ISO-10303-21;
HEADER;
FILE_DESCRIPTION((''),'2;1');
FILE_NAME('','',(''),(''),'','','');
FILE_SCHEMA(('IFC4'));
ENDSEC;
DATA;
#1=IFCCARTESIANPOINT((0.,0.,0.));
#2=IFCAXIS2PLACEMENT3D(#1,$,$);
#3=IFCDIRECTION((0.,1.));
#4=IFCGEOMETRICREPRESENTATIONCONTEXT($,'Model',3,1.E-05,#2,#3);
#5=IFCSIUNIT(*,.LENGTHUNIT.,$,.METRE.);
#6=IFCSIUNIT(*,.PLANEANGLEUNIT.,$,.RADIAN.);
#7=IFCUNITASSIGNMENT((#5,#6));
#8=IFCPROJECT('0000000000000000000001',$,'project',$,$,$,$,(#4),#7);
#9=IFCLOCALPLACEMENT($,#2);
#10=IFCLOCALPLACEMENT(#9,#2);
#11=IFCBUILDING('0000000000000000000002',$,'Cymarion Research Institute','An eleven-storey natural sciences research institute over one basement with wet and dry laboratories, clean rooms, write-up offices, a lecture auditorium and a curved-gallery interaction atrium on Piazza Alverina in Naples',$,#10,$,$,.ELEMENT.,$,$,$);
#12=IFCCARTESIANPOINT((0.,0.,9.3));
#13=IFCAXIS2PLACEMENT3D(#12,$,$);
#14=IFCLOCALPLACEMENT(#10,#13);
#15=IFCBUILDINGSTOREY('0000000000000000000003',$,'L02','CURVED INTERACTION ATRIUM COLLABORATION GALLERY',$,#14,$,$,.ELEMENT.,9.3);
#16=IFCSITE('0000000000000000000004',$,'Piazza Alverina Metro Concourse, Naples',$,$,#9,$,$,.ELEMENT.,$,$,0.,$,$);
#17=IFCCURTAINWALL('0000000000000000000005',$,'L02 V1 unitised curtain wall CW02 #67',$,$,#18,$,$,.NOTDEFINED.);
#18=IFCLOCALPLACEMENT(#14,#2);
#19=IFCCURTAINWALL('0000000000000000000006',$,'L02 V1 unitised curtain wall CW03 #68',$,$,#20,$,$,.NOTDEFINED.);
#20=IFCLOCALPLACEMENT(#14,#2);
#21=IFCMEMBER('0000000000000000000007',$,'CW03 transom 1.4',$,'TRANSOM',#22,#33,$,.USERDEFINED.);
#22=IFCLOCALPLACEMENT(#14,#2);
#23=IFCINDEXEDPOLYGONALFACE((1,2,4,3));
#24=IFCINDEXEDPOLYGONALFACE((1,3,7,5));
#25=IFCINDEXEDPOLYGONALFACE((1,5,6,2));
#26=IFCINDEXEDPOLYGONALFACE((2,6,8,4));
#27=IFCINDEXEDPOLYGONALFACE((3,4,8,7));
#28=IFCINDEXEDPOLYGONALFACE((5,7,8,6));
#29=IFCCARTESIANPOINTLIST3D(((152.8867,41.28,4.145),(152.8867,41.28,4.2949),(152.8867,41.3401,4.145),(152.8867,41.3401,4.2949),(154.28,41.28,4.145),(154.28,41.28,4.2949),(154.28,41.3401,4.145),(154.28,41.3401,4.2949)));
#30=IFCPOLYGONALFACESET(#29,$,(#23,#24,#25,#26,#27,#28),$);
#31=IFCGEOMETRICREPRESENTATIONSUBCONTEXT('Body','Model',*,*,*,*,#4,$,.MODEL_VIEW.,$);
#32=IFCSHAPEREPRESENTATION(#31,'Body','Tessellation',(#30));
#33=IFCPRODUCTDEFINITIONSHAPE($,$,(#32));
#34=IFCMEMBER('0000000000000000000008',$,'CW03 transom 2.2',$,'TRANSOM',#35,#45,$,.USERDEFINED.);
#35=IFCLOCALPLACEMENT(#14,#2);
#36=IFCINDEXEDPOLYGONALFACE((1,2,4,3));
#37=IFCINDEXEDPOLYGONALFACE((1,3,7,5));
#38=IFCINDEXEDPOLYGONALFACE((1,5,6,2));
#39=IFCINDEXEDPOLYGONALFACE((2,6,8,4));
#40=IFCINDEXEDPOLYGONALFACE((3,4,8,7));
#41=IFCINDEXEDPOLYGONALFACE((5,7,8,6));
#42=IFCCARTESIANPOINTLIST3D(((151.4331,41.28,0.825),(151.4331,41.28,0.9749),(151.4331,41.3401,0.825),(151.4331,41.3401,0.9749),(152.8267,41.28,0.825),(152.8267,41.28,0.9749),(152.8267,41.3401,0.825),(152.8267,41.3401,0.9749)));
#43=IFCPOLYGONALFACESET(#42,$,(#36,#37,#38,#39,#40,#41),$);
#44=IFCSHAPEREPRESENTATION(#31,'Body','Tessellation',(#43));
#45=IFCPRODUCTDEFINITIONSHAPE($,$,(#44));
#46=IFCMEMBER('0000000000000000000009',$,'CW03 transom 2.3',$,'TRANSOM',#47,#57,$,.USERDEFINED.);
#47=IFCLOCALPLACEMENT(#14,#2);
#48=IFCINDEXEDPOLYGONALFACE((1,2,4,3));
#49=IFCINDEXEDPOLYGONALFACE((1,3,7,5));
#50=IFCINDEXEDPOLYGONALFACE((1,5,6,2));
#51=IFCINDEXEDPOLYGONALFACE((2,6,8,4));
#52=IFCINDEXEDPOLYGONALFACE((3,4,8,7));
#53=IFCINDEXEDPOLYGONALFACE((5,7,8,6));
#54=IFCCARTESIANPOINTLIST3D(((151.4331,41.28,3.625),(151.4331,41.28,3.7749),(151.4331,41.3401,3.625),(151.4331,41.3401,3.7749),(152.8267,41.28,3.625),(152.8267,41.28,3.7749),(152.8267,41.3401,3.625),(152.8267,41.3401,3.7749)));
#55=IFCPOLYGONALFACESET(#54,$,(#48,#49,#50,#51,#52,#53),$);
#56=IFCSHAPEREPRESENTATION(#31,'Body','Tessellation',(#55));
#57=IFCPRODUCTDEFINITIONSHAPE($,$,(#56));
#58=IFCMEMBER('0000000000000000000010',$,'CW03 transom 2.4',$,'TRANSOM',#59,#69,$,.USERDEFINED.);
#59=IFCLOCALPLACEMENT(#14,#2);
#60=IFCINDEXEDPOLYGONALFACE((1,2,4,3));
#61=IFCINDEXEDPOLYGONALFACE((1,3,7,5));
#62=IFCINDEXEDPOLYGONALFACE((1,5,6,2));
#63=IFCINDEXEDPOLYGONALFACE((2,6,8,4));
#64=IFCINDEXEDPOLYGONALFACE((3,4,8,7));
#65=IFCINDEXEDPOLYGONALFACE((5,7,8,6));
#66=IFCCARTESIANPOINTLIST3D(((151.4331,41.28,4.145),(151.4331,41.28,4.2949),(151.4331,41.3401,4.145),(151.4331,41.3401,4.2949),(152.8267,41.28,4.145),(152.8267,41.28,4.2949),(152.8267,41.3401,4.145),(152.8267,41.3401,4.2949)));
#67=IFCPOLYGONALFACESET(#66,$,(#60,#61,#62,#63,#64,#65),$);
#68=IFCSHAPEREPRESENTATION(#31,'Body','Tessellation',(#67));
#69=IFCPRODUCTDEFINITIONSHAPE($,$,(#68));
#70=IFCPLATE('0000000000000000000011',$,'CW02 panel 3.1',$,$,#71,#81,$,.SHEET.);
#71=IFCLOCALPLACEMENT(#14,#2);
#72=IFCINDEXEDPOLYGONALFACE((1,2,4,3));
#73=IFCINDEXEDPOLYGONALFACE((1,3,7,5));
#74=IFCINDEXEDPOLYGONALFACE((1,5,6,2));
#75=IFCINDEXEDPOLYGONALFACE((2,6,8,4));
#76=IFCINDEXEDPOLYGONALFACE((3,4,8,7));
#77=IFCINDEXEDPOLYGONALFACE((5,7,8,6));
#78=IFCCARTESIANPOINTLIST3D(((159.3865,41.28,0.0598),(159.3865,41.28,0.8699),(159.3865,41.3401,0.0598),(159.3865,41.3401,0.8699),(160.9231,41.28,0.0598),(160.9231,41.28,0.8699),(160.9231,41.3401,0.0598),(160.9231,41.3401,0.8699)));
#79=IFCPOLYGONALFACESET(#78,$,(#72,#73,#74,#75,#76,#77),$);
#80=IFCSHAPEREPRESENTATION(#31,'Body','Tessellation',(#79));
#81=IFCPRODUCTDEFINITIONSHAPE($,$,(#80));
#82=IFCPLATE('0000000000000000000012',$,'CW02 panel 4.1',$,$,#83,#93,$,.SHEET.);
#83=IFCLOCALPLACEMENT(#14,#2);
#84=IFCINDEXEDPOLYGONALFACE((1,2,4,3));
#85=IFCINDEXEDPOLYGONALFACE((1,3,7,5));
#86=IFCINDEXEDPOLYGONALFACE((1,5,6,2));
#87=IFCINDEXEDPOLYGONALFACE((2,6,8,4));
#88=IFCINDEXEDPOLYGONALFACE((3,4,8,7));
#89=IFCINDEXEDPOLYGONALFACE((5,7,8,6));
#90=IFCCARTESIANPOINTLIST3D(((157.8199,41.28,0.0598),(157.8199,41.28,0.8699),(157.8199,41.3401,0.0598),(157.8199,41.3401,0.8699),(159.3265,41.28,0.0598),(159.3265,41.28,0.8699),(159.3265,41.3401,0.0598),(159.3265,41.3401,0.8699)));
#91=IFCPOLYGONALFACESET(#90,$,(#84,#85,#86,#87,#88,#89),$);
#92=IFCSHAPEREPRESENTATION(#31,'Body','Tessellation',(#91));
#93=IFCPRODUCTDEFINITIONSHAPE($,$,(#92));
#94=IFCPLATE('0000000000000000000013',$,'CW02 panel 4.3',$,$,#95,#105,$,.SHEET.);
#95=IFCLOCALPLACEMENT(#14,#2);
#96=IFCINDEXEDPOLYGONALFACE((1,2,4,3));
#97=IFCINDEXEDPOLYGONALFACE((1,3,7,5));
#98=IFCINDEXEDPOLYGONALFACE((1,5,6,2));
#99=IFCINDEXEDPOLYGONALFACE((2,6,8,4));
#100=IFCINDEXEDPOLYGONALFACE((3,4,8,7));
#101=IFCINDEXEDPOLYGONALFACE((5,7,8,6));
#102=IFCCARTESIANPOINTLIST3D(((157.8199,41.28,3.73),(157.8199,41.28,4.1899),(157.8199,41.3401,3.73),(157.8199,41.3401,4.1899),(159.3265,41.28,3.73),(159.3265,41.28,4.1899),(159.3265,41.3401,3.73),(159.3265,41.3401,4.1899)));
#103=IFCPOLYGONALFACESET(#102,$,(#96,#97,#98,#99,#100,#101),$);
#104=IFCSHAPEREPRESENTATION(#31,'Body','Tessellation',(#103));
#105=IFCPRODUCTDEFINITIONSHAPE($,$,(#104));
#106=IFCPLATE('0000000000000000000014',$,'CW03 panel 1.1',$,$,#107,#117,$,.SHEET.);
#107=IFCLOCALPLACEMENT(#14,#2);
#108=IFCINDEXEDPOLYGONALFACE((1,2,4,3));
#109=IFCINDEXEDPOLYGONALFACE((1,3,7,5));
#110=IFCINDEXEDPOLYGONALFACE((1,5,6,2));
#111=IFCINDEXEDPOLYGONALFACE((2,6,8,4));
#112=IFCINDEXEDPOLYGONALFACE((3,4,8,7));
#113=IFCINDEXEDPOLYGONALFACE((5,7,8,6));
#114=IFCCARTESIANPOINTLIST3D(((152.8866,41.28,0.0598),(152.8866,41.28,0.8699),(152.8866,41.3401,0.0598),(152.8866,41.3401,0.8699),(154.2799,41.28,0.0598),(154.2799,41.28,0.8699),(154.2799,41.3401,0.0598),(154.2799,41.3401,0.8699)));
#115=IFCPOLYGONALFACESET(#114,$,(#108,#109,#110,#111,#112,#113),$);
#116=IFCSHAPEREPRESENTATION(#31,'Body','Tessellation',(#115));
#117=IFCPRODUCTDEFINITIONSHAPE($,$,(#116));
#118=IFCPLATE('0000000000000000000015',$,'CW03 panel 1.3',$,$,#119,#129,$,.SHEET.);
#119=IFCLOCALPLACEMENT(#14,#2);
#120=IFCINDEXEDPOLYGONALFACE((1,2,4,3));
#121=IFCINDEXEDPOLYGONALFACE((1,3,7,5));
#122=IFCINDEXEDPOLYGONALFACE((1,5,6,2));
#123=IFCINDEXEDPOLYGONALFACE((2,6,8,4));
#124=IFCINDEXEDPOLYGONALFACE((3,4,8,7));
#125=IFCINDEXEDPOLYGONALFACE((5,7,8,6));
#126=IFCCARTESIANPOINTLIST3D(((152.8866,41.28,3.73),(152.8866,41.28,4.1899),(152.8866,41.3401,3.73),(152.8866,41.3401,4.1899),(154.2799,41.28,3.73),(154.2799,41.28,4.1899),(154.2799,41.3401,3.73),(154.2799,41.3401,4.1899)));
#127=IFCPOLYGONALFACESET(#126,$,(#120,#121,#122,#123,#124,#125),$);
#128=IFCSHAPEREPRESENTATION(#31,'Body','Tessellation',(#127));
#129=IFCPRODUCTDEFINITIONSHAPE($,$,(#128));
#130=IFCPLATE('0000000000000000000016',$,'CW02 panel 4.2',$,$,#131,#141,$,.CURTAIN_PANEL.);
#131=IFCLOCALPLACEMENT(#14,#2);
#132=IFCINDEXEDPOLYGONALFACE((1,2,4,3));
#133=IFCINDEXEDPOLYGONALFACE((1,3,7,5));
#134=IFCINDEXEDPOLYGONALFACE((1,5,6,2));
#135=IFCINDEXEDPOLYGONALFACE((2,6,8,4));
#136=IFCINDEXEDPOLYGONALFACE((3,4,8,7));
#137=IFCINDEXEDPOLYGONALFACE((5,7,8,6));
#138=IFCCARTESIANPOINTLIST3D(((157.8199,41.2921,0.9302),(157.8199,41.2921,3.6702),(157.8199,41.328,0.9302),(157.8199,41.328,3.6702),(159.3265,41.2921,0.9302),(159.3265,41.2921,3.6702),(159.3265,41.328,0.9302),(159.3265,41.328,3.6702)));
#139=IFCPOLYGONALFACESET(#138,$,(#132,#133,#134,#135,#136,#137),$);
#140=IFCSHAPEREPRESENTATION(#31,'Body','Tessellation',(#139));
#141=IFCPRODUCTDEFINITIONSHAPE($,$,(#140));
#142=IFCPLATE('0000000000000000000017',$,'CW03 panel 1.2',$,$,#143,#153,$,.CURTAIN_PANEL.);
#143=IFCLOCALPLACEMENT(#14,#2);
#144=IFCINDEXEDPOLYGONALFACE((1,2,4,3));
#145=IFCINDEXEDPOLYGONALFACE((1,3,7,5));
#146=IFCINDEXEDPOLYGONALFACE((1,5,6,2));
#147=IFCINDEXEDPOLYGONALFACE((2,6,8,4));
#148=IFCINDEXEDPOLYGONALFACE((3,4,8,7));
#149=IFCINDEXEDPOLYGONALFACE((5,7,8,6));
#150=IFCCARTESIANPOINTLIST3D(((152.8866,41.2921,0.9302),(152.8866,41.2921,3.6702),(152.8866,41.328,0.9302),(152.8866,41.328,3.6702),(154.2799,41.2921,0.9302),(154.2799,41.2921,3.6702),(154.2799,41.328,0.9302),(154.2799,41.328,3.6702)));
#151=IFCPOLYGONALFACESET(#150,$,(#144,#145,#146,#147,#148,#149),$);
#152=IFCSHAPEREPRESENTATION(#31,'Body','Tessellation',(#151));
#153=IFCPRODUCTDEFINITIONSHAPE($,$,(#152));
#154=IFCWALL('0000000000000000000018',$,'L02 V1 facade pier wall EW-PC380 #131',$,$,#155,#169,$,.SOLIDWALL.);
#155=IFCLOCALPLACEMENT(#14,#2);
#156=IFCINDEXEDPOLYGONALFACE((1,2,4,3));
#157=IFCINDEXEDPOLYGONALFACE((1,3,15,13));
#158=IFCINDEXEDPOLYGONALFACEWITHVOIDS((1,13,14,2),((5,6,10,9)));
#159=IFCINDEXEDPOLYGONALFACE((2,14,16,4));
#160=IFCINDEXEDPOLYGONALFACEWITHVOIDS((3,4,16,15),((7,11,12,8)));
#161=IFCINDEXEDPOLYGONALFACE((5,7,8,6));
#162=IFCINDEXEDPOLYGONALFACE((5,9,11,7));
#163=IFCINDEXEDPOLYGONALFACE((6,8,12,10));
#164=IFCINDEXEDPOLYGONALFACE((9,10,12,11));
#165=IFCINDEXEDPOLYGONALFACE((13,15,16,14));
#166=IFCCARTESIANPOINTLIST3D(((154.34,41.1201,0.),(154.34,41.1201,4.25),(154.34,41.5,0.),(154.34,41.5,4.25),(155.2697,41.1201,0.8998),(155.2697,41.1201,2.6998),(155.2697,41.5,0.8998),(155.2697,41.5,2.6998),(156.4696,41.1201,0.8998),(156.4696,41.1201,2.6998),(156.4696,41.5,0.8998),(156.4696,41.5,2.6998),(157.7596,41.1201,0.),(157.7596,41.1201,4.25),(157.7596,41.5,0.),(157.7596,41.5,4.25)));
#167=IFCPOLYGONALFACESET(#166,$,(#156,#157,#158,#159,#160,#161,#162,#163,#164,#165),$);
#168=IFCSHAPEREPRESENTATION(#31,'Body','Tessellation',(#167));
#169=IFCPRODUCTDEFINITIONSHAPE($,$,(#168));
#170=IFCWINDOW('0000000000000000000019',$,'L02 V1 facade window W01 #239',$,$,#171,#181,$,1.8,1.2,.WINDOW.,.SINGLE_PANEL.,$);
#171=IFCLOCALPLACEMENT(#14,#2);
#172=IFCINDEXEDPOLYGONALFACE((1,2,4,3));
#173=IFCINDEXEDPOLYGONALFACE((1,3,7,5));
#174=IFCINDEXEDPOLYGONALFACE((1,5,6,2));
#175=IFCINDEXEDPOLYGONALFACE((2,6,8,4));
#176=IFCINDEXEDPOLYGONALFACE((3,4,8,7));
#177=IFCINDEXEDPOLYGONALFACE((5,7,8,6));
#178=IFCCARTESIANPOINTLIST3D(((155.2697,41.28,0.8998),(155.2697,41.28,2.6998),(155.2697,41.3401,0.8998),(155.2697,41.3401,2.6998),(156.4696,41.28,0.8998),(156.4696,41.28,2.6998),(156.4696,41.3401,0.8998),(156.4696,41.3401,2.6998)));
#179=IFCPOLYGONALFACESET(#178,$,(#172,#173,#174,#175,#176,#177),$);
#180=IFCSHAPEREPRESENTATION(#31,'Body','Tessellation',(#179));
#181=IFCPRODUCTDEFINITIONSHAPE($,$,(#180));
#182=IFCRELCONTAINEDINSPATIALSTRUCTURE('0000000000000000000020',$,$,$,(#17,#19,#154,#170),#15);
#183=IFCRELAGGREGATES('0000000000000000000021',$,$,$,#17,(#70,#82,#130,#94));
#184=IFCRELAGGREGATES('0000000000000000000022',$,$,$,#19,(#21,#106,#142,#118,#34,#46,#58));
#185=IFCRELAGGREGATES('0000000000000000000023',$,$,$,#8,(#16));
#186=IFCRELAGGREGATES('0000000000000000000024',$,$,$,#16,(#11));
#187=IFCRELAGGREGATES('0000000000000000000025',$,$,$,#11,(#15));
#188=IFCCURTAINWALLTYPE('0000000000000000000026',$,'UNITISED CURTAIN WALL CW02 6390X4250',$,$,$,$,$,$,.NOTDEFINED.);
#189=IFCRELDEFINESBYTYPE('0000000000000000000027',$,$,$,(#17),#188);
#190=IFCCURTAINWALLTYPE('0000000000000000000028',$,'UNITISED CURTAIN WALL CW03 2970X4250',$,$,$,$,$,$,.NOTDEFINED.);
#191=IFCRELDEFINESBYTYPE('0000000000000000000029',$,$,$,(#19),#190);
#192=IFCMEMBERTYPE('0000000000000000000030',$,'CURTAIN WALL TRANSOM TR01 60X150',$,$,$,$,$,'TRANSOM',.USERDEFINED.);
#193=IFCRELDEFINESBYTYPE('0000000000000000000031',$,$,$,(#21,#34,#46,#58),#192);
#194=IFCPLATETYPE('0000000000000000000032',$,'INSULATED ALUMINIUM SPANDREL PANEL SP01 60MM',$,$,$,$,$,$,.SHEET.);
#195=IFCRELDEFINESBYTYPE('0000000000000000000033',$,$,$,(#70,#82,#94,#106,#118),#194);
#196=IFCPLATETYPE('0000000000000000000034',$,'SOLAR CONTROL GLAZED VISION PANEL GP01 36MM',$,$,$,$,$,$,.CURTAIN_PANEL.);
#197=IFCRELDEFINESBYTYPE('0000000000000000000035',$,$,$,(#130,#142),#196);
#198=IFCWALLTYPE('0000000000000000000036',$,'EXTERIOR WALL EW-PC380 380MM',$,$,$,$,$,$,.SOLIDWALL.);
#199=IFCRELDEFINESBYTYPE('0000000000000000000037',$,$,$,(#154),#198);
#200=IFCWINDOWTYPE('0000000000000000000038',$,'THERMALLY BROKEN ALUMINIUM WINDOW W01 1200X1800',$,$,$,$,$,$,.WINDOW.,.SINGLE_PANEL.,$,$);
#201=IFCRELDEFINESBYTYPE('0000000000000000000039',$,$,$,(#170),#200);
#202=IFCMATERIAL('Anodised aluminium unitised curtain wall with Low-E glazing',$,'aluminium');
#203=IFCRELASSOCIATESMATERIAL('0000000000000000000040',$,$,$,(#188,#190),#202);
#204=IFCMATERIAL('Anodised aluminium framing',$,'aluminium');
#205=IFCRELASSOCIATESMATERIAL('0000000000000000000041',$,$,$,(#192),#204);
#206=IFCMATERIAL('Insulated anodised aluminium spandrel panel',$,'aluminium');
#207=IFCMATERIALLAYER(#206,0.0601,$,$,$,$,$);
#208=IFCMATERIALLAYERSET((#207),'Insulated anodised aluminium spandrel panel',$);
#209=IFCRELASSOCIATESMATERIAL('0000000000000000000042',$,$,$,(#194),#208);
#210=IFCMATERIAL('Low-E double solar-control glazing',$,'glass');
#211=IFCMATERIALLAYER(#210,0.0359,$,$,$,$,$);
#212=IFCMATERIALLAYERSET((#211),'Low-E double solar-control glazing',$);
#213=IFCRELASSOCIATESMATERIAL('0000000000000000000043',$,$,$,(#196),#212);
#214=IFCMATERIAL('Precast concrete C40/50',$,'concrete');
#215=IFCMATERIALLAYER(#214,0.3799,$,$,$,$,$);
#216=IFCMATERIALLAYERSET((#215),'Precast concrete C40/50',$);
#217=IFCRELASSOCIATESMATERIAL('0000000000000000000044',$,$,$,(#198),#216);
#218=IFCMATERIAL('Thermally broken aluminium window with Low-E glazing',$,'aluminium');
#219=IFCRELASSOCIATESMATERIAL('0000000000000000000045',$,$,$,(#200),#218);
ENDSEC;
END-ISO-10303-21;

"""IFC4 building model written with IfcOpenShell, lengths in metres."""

from ifc_helpers import new_model, si_unit, direction, frame, frame_2d, origin, origin_2d, place, context, subcontext, project, spatial, rectangle, extrude, material, layer, layer_set, material_profile, profile_set, type_object, element, fill, aggregate, save


model = new_model("IFC4")

# Units and contexts
model_context = context("Model", 3, precision=1e-05, world=origin(), true_north=direction((0.0, 1.0)))
body_context = subcontext(model_context, "Body", "Model", "MODEL_VIEW")
ifc_project = project(units=[si_unit("LENGTHUNIT", "METRE"), si_unit("PLANEANGLEUNIT", "RADIAN")], contexts=[model_context])

# Site, building, storey
site_placement = place(None, origin())
site = spatial("IfcSite", under=ifc_project, at=site_placement, Name="Piazza Alverina Metro Concourse, Naples", CompositionType="ELEMENT", RefElevation=0.0)
building_placement = place(site_placement, origin())
building = spatial("IfcBuilding", under=site, at=building_placement, Name="Cymarion Research Institute", Description="An eleven-storey natural sciences research institute over one basement with wet and dry laboratories, clean rooms, write-up offices, a lecture auditorium and a curved-gallery interaction atrium on Piazza Alverina in Naples", CompositionType="ELEMENT")
storey_placement = place(building_placement, frame((0.0, 0.0, 9.3)))
storey = spatial("IfcBuildingStorey", under=building, at=storey_placement, Name="L02", Description="CURVED INTERACTION ATRIUM COLLABORATION GALLERY", CompositionType="ELEMENT", Elevation=9.3)

# Curtain walls
ifc_material_1 = material(Name="Anodised aluminium unitised curtain wall with Low-E glazing", Category="aluminium")
curtain_wall_type_1 = type_object("IfcCurtainWallType", Name="UNITISED CURTAIN WALL CW02 6390X4250", PredefinedType="NOTDEFINED", material=ifc_material_1)
curtain_wall_1_placement = place(storey_placement, origin())
curtain_wall_1 = element("IfcCurtainWall", 1, at=curtain_wall_1_placement, inside=storey, type_object=curtain_wall_type_1, Name="L02 V1 unitised curtain wall CW02 #67", PredefinedType="NOTDEFINED")
ifc_material_2 = material(Name="Anodised aluminium framing", Category="aluminium")
curtain_wall_type_2 = type_object("IfcCurtainWallType", Name="UNITISED CURTAIN WALL CW03 2970X4250", PredefinedType="NOTDEFINED", material=ifc_material_1)
curtain_wall_2_placement = place(storey_placement, origin())
curtain_wall_2 = element("IfcCurtainWall", 2, at=curtain_wall_2_placement, inside=storey, type_object=curtain_wall_type_2, Name="L02 V1 unitised curtain wall CW03 #68", PredefinedType="NOTDEFINED")

# Members
ifc_material_profile_1 = material_profile(ifc_material_2, rectangle(XDim=0.0601, YDim=0.1499, at=origin_2d()), Name="ALU TRANSOM 60x150")
ifc_profile_set_1 = profile_set([ifc_material_profile_1], Name="Anodised aluminium framing")
member_type_1 = type_object("IfcMemberType", Name="CURTAIN WALL TRANSOM TR01 60X150", ElementType="TRANSOM", PredefinedType="USERDEFINED", material=ifc_profile_set_1)
member_1_placement = place(storey_placement, frame((154.28, 41.3101, 4.22), z_axis=(-1.0, 0.0, 0.0), x_axis=(0.0, -1.0, 0.0)))
member_1 = element("IfcMember", 3, at=member_1_placement, type_object=member_type_1, Name="CW03 transom 1.4", ObjectType="TRANSOM", PredefinedType="USERDEFINED", context=body_context, shape_type="SweptSolid", body=[
    extrude(rectangle(XDim=0.0601, YDim=0.1499, at=origin_2d()), origin(), (0.0, 0.0, 1.0), 1.3933),
])
member_2_placement = place(storey_placement, frame((152.8267, 41.3101, 0.8999), z_axis=(-1.0, 0.0, 0.0), x_axis=(0.0, -1.0, 0.0)))
member_2 = element("IfcMember", 4, at=member_2_placement, type_object=member_type_1, Name="CW03 transom 2.2", ObjectType="TRANSOM", PredefinedType="USERDEFINED", context=body_context, shape_type="SweptSolid", body=[
    extrude(rectangle(XDim=0.0601, YDim=0.1499, at=origin_2d()), origin(), (0.0, 0.0, 1.0), 1.3936),
])
member_3_placement = place(storey_placement, frame((152.8267, 41.3101, 3.7), z_axis=(-1.0, 0.0, 0.0), x_axis=(0.0, -1.0, 0.0)))
member_3 = element("IfcMember", 5, at=member_3_placement, type_object=member_type_1, Name="CW03 transom 2.3", ObjectType="TRANSOM", PredefinedType="USERDEFINED", context=body_context, shape_type="SweptSolid", body=[
    extrude(rectangle(XDim=0.0601, YDim=0.1499, at=origin_2d()), origin(), (0.0, 0.0, 1.0), 1.3936),
])
member_4_placement = place(storey_placement, frame((152.8267, 41.3101, 4.22), z_axis=(-1.0, 0.0, 0.0), x_axis=(0.0, -1.0, 0.0)))
member_4 = element("IfcMember", 6, at=member_4_placement, type_object=member_type_1, Name="CW03 transom 2.4", ObjectType="TRANSOM", PredefinedType="USERDEFINED", context=body_context, shape_type="SweptSolid", body=[
    extrude(rectangle(XDim=0.0601, YDim=0.1499, at=origin_2d()), origin(), (0.0, 0.0, 1.0), 1.3936),
])

# Plates
ifc_material_3 = material(Name="Insulated anodised aluminium spandrel panel", Category="aluminium")
ifc_layer_1 = layer(ifc_material_3, 0.0601)
ifc_layer_set_1 = layer_set([ifc_layer_1], Name="Insulated anodised aluminium spandrel panel")
plate_type_1 = type_object("IfcPlateType", Name="INSULATED ALUMINIUM SPANDREL PANEL SP01 60MM", PredefinedType="SHEET", material=ifc_layer_set_1)
plate_1_placement = place(storey_placement, frame((160.1548, 41.3101, 0.0598), z_axis=(0.0, 0.0, 1.0), x_axis=(-1.0, 0.0, 0.0)))
plate_1 = element("IfcPlate", 7, at=plate_1_placement, type_object=plate_type_1, Name="CW02 panel 3.1", PredefinedType="SHEET", context=body_context, shape_type="SweptSolid", body=[
    extrude(rectangle(XDim=1.5366, YDim=0.0601, at=origin_2d()), origin(), (0.0, 0.0, 1.0), 0.8101),
])
plate_2_placement = place(storey_placement, frame((158.5732, 41.3101, 0.0598), z_axis=(0.0, 0.0, 1.0), x_axis=(-1.0, 0.0, 0.0)))
plate_2 = element("IfcPlate", 8, at=plate_2_placement, type_object=plate_type_1, Name="CW02 panel 4.1", PredefinedType="SHEET", context=body_context, shape_type="SweptSolid", body=[
    extrude(rectangle(XDim=1.5066, YDim=0.0601, at=origin_2d()), origin(), (0.0, 0.0, 1.0), 0.8101),
])
plate_3_placement = place(storey_placement, frame((158.5732, 41.3101, 3.73), z_axis=(0.0, 0.0, 1.0), x_axis=(-1.0, 0.0, 0.0)))
plate_3 = element("IfcPlate", 9, at=plate_3_placement, type_object=plate_type_1, Name="CW02 panel 4.3", PredefinedType="SHEET", context=body_context, shape_type="SweptSolid", body=[
    extrude(rectangle(XDim=1.5066, YDim=0.0601, at=origin_2d()), origin(), (0.0, 0.0, 1.0), 0.46),
])
plate_4_placement = place(storey_placement, frame((153.5833, 41.3101, 0.0598), z_axis=(0.0, 0.0, 1.0), x_axis=(-1.0, 0.0, 0.0)))
plate_4 = element("IfcPlate", 10, at=plate_4_placement, type_object=plate_type_1, Name="CW03 panel 1.1", PredefinedType="SHEET", context=body_context, shape_type="SweptSolid", body=[
    extrude(rectangle(XDim=1.3933, YDim=0.0601, at=origin_2d()), origin(), (0.0, 0.0, 1.0), 0.8101),
])
plate_5_placement = place(storey_placement, frame((153.5833, 41.3101, 3.73), z_axis=(0.0, 0.0, 1.0), x_axis=(-1.0, 0.0, 0.0)))
plate_5 = element("IfcPlate", 11, at=plate_5_placement, type_object=plate_type_1, Name="CW03 panel 1.3", PredefinedType="SHEET", context=body_context, shape_type="SweptSolid", body=[
    extrude(rectangle(XDim=1.3933, YDim=0.0601, at=origin_2d()), origin(), (0.0, 0.0, 1.0), 0.46),
])
ifc_material_4 = material(Name="Low-E double solar-control glazing", Category="glass")
ifc_layer_2 = layer(ifc_material_4, 0.0359)
ifc_layer_set_2 = layer_set([ifc_layer_2], Name="Low-E double solar-control glazing")
plate_type_2 = type_object("IfcPlateType", Name="SOLAR CONTROL GLAZED VISION PANEL GP01 36MM", PredefinedType="CURTAIN_PANEL", material=ifc_layer_set_2)
plate_6_placement = place(storey_placement, frame((158.5732, 41.3101, 0.9302), z_axis=(0.0, 0.0, 1.0), x_axis=(-1.0, 0.0, 0.0)))
plate_6 = element("IfcPlate", 12, at=plate_6_placement, type_object=plate_type_2, Name="CW02 panel 4.2", PredefinedType="CURTAIN_PANEL", context=body_context, shape_type="SweptSolid", body=[
    extrude(rectangle(XDim=1.5066, YDim=0.0359, at=origin_2d()), origin(), (0.0, 0.0, 1.0), 2.74),
])
aggregate(curtain_wall_1, [plate_1, plate_2, plate_6, plate_3])
plate_7_placement = place(storey_placement, frame((153.5833, 41.3101, 0.9302), z_axis=(0.0, 0.0, 1.0), x_axis=(-1.0, 0.0, 0.0)))
plate_7 = element("IfcPlate", 13, at=plate_7_placement, type_object=plate_type_2, Name="CW03 panel 1.2", PredefinedType="CURTAIN_PANEL", context=body_context, shape_type="SweptSolid", body=[
    extrude(rectangle(XDim=1.3933, YDim=0.0359, at=origin_2d()), origin(), (0.0, 0.0, 1.0), 2.74),
])
aggregate(curtain_wall_2, [member_1, plate_4, plate_7, plate_5, member_2, member_3, member_4])

# Wall, opening, window
ifc_material_5 = material(Name="Precast concrete C40/50", Category="concrete")
ifc_layer_3 = layer(ifc_material_5, 0.3799)
ifc_layer_set_3 = layer_set([ifc_layer_3], Name="Precast concrete C40/50")
wall_type = type_object("IfcWallType", Name="EXTERIOR WALL EW-PC380 380MM", PredefinedType="SOLIDWALL", material=ifc_layer_set_3)
wall_placement = place(storey_placement, frame((157.7598, 41.3101, 0.0), z_axis=(0.0, 0.0, 1.0), x_axis=(-1.0, 0.0, 0.0)))
wall = element("IfcWall", 14, at=wall_placement, inside=storey, type_object=wall_type, Name="L02 V1 facade pier wall EW-PC380 #131", PredefinedType="SOLIDWALL", context=body_context, shape_type="SweptSolid", body=[
    extrude(rectangle(XDim=3.4197, YDim=0.3799, at=frame_2d((1.71, 0.0))), origin(), (0.0, 0.0, 1.0), 4.25),
])
opening_placement = place(wall_placement, frame((1.29, 0.0, 0.8999)))
opening = element("IfcOpeningElement", 15, at=opening_placement, cuts=wall, PredefinedType="OPENING", context=body_context, shape_type="SweptSolid", body=[
    extrude(rectangle(XDim=1.2, YDim=1.8, at=frame_2d((0.6001, 0.8999))), frame((0.0, 0.2, 0.0), z_axis=(0.0, -1.0, 0.0), x_axis=(1.0, 0.0, 0.0)), (0.0, 0.0, 1.0), 0.3999),
])
ifc_material_6 = material(Name="Thermally broken aluminium window with Low-E glazing", Category="aluminium")
window_type = type_object("IfcWindowType", Name="THERMALLY BROKEN ALUMINIUM WINDOW W01 1200X1800", PartitioningType="SINGLE_PANEL", PredefinedType="WINDOW", material=ifc_material_6)
window_placement = place(opening_placement, origin())
window = element("IfcWindow", 16, at=window_placement, inside=storey, type_object=window_type, Name="L02 V1 facade window W01 #239", OverallHeight=1.8, OverallWidth=1.2, PartitioningType="SINGLE_PANEL", PredefinedType="WINDOW", context=body_context, shape_type="SweptSolid", body=[
    extrude(rectangle(XDim=1.2, YDim=1.8, at=frame_2d((0.6001, 0.8999))), frame((0.0, 0.03, 0.0), z_axis=(0.0, -1.0, 0.0), x_axis=(1.0, 0.0, 0.0)), (0.0, 0.0, 1.0), 0.0601),
])
fill(opening, window)

save(model, "model.ifc")
